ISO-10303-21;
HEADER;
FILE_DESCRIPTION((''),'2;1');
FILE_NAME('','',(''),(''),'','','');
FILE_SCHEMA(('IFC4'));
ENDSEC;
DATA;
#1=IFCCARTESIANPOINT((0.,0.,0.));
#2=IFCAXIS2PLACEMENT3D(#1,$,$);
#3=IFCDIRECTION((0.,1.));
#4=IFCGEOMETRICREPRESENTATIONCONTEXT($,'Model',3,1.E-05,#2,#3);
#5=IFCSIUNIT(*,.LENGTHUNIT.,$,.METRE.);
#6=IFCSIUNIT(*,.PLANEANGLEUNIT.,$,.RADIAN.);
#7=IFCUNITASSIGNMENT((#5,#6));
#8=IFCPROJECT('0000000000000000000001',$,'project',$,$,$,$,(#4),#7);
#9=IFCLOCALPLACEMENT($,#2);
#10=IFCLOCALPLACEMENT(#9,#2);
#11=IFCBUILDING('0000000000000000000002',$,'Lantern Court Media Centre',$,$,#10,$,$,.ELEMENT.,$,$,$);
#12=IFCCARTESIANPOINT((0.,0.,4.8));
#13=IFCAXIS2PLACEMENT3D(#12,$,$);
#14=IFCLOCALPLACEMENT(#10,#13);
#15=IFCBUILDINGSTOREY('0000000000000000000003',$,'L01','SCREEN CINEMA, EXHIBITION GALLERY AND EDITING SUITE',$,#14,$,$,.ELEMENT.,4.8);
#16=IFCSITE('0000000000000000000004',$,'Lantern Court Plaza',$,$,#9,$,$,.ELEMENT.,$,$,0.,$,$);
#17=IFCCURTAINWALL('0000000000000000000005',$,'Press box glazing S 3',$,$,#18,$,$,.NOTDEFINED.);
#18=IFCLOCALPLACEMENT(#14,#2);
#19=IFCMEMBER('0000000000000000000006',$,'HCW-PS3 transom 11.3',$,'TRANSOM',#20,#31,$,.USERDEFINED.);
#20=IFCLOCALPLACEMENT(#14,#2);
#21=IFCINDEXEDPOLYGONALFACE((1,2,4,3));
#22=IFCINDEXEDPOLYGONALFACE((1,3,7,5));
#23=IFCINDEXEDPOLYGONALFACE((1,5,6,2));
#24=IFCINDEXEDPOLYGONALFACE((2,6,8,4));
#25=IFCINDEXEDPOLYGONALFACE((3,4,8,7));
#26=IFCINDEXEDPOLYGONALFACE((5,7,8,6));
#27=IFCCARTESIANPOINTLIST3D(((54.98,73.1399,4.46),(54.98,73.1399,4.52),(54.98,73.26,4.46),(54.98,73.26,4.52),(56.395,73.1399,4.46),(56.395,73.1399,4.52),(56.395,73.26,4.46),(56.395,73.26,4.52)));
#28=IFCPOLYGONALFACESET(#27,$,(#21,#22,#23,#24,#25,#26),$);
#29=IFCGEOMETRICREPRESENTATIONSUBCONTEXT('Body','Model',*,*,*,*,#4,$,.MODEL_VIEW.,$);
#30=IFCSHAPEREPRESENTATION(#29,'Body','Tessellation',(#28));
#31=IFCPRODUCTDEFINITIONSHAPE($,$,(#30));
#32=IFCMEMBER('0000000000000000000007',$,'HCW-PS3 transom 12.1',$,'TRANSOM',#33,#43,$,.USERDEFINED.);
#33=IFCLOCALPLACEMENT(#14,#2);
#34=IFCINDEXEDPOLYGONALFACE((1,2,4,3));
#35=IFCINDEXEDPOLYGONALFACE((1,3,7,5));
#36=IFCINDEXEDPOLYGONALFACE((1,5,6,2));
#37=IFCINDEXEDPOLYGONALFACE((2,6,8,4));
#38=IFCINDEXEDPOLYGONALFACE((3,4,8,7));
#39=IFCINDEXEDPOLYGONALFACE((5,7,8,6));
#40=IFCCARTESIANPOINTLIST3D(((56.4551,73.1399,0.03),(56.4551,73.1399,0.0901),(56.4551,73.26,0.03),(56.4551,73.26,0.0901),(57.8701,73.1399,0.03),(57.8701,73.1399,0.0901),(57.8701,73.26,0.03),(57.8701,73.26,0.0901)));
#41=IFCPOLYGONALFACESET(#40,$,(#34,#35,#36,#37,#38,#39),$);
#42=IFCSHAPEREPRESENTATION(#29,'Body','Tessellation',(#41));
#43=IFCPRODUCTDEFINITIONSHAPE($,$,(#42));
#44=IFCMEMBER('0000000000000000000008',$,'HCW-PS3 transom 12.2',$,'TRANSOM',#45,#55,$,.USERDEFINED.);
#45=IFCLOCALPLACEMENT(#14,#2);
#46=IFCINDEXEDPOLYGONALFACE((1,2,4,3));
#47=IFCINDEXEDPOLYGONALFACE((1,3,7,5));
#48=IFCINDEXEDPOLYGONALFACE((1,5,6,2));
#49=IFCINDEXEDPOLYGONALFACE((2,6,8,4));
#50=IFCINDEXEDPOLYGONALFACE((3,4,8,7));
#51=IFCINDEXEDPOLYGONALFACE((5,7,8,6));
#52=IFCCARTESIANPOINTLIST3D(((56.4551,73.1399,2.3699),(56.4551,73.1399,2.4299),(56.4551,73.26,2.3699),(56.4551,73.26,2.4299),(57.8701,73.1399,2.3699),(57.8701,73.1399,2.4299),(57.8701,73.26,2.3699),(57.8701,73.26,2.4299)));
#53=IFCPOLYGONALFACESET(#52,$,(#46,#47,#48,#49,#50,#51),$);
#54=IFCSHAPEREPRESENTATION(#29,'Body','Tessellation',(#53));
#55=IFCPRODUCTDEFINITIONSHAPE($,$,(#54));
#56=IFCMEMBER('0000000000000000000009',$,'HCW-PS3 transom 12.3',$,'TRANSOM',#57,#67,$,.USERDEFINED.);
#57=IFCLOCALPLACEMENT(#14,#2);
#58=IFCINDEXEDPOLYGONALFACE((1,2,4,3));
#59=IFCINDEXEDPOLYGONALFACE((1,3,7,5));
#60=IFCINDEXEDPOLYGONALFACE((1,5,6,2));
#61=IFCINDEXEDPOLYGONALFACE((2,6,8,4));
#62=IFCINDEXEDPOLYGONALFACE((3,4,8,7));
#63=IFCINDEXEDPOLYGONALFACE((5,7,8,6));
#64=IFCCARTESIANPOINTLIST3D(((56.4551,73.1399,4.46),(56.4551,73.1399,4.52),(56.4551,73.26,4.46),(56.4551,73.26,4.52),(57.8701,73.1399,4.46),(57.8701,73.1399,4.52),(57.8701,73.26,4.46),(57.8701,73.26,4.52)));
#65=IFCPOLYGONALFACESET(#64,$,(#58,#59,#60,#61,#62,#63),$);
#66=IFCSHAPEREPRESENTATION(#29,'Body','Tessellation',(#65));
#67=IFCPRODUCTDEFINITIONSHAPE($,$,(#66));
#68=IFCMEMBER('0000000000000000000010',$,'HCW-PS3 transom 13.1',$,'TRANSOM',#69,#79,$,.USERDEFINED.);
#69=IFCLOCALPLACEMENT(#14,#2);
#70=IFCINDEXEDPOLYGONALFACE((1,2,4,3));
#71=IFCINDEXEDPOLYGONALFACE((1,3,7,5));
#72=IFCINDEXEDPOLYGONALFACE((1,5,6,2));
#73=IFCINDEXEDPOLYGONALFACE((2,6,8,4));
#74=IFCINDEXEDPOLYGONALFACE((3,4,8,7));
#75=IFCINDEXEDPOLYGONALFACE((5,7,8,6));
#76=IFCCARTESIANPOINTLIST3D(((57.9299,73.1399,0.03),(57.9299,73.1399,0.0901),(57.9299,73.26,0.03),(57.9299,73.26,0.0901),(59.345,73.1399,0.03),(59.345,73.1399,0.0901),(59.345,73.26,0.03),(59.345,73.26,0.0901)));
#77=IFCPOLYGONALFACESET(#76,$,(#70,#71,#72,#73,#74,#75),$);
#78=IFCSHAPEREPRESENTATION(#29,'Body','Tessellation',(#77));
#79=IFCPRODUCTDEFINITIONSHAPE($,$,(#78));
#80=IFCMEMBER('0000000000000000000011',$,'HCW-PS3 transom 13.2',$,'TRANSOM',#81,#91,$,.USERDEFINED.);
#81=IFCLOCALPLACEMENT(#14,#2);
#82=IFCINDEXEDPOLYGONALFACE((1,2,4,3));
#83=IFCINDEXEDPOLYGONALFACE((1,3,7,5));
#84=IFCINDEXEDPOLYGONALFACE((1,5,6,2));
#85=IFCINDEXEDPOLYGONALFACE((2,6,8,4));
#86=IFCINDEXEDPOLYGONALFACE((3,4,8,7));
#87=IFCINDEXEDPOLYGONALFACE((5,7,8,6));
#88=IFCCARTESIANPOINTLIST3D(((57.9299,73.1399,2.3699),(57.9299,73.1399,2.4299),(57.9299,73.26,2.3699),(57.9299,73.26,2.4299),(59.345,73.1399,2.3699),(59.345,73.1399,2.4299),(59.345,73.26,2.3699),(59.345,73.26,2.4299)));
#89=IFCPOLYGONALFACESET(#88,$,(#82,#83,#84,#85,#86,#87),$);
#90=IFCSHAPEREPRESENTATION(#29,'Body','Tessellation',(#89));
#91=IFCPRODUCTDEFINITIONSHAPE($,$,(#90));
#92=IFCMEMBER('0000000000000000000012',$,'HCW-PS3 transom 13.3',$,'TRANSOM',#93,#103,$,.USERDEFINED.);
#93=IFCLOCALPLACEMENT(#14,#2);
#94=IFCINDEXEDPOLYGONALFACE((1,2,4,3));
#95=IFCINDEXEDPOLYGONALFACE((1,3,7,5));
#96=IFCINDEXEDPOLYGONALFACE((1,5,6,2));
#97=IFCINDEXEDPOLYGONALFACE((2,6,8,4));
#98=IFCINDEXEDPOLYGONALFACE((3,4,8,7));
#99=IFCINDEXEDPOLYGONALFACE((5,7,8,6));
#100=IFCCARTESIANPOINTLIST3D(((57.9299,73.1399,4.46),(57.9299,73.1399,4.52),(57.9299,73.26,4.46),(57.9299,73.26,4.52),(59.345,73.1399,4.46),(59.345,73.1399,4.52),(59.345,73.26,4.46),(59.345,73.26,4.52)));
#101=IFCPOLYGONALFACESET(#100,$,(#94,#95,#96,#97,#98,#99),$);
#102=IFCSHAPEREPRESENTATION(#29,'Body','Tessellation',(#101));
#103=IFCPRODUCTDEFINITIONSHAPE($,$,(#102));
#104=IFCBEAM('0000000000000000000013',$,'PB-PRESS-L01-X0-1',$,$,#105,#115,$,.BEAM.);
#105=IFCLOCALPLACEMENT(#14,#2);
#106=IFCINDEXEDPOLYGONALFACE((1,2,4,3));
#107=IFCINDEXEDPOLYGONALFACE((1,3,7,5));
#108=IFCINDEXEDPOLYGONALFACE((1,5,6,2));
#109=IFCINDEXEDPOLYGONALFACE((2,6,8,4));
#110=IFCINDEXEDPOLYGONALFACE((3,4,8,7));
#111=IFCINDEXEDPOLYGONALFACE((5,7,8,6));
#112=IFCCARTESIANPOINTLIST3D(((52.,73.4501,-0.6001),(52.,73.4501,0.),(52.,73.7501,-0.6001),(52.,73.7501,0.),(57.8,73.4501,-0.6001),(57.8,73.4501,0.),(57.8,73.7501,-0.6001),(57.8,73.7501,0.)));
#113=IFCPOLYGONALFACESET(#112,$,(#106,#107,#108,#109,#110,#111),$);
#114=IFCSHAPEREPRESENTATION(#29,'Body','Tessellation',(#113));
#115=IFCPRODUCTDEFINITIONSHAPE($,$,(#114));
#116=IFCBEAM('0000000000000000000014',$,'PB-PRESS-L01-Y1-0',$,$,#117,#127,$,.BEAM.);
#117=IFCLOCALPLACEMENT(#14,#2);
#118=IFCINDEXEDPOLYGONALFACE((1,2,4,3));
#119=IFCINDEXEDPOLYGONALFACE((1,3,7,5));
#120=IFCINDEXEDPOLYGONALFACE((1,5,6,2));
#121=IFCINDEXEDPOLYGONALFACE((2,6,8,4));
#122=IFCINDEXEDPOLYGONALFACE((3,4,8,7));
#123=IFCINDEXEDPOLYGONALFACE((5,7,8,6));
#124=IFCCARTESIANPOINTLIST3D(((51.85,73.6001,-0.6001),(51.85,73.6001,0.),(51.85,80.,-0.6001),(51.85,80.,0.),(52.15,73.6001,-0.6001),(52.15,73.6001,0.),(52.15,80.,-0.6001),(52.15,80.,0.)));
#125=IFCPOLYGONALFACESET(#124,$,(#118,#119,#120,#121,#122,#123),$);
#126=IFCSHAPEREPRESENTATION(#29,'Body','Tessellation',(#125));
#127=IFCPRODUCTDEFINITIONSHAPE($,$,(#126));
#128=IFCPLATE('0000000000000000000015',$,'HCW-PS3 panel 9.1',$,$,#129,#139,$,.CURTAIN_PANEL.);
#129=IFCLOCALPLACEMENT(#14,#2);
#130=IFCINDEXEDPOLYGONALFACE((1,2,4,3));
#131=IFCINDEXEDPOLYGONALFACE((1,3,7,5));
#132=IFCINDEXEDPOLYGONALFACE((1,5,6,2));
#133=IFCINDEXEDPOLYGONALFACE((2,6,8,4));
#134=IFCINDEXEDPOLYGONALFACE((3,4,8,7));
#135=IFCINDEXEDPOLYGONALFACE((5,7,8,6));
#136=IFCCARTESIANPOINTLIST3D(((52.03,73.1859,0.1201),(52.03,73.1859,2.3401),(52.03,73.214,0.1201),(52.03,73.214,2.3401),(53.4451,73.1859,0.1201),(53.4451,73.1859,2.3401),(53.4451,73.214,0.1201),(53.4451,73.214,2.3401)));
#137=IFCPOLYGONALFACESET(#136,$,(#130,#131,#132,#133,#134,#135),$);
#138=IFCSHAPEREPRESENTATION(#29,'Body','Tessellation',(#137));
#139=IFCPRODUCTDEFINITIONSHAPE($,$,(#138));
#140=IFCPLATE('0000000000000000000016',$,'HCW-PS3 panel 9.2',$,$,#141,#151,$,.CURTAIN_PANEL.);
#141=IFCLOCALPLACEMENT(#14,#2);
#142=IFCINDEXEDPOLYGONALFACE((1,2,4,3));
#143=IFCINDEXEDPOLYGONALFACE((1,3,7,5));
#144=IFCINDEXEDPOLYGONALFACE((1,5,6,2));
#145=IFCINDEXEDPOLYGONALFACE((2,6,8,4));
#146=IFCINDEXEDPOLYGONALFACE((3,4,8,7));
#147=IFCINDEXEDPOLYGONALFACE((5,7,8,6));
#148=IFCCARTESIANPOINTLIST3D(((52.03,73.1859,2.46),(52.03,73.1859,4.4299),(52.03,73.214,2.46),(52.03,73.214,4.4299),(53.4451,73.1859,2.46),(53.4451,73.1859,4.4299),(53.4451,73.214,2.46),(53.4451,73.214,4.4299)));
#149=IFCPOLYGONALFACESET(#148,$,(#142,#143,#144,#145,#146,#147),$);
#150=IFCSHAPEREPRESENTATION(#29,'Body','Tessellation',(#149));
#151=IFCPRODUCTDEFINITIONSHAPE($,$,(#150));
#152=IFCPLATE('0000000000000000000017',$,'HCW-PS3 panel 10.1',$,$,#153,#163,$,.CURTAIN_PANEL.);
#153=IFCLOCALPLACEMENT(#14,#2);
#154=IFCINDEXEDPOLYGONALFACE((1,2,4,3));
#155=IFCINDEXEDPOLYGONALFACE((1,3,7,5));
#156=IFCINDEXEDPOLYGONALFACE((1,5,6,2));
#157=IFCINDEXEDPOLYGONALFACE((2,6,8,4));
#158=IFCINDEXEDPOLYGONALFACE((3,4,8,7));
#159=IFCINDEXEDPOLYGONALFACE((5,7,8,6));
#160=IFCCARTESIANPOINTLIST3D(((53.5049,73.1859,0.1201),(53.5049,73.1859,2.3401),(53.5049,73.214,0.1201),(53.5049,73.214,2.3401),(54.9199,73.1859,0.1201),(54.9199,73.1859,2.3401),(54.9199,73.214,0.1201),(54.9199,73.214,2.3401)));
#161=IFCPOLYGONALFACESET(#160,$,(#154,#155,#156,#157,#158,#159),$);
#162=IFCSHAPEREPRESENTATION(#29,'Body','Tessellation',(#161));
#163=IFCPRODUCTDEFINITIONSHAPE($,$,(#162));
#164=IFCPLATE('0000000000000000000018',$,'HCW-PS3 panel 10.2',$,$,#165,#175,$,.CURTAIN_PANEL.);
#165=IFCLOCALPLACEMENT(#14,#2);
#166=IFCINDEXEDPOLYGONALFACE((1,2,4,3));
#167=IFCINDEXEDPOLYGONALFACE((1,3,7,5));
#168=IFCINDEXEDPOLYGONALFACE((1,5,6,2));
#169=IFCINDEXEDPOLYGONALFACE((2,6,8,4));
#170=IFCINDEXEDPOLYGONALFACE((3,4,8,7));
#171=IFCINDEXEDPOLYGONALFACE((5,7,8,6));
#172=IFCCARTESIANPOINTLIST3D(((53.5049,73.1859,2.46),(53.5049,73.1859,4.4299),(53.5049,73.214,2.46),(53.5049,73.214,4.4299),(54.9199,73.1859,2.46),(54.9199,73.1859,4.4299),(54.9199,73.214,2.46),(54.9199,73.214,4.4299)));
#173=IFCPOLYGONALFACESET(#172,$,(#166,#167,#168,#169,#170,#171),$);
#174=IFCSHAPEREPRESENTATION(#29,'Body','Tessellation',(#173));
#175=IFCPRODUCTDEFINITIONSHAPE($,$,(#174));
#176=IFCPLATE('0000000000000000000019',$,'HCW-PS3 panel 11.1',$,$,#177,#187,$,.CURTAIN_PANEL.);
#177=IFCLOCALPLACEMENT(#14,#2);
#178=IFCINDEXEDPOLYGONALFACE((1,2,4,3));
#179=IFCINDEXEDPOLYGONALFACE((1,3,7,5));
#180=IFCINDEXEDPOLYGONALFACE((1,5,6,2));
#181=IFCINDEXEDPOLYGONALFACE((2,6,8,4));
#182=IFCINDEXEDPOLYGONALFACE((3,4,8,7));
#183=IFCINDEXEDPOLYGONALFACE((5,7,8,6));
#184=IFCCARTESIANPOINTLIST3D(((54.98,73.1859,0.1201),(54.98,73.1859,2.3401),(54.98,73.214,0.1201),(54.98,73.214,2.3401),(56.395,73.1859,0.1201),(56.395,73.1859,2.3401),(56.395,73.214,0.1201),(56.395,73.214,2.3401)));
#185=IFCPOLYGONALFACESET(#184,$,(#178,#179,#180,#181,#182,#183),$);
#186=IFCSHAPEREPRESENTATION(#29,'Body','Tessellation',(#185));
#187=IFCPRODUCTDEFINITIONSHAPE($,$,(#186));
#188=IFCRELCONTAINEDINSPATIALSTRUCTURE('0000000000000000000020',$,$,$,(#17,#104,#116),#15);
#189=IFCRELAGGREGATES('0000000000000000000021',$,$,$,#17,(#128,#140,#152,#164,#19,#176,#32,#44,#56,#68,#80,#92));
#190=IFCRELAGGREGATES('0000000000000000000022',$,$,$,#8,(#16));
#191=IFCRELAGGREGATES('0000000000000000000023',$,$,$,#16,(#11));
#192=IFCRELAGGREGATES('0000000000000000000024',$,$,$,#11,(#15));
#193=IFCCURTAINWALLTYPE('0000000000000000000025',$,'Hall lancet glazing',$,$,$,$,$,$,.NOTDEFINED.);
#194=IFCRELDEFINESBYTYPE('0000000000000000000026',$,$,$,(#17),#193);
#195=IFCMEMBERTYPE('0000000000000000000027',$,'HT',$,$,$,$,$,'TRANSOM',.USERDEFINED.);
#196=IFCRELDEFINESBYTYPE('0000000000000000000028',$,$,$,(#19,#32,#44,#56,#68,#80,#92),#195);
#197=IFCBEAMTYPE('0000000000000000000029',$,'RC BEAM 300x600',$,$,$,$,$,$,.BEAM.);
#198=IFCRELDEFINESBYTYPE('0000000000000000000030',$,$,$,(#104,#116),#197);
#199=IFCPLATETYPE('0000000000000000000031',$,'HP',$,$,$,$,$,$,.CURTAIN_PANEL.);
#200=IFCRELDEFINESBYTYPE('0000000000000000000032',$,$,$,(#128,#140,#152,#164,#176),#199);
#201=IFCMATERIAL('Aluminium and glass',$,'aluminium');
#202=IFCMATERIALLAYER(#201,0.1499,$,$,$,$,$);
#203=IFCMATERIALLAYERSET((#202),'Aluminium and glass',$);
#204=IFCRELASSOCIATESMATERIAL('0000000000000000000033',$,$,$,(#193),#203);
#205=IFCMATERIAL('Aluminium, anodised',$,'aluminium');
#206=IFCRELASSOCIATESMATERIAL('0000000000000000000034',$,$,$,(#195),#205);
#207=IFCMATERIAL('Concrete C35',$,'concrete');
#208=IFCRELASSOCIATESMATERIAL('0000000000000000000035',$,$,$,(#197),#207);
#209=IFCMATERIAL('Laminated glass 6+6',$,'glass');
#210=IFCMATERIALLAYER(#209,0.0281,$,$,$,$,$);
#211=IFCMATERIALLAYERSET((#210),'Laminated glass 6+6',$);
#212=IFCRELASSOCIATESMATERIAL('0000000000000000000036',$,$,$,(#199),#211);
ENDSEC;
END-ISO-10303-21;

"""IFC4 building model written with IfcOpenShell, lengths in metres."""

from ifc_helpers import new_model, si_unit, direction, frame, origin, origin_2d, place, context, subcontext, project, spatial, rectangle, extrude, material, layer, layer_set, material_profile, profile_set, type_object, element, aggregate, save


model = new_model("IFC4")

# Units and contexts
model_context = context("Model", 3, precision=1e-05, world=origin(), true_north=direction((0.0, 1.0)))
body_context = subcontext(model_context, "Body", "Model", "MODEL_VIEW")
ifc_project = project(units=[si_unit("LENGTHUNIT", "METRE"), si_unit("PLANEANGLEUNIT", "RADIAN")], contexts=[model_context])

# Site, building, storey
site_placement = place(None, origin())
site = spatial("IfcSite", under=ifc_project, at=site_placement, Name="Lantern Court Plaza", CompositionType="ELEMENT", RefElevation=0.0)
building_placement = place(site_placement, origin())
building = spatial("IfcBuilding", under=site, at=building_placement, Name="Lantern Court Media Centre", CompositionType="ELEMENT")
storey_placement = place(building_placement, frame((0.0, 0.0, 4.8)))
storey = spatial("IfcBuildingStorey", under=building, at=storey_placement, Name="L01", Description="SCREEN CINEMA, EXHIBITION GALLERY AND EDITING SUITE", CompositionType="ELEMENT", Elevation=4.8)

# Shared definitions
ifc_material_1 = material(Name="Concrete C35", Category="concrete")

# Curtain wall, members
ifc_material_2 = material(Name="Aluminium and glass", Category="aluminium")
ifc_layer_1 = layer(ifc_material_2, 0.1499)
ifc_layer_set_1 = layer_set([ifc_layer_1], Name="Aluminium and glass")
curtain_wall_type = type_object("IfcCurtainWallType", Name="Hall lancet glazing", PredefinedType="NOTDEFINED", material=ifc_layer_set_1)
curtain_wall_placement = place(storey_placement, origin())
curtain_wall = element("IfcCurtainWall", 1, at=curtain_wall_placement, inside=storey, type_object=curtain_wall_type, Name="Press box glazing S 3", PredefinedType="NOTDEFINED")
ifc_material_3 = material(Name="Aluminium, anodised", Category="aluminium")
ifc_material_profile_1 = material_profile(ifc_material_3, rectangle(XDim=0.1201, YDim=0.0601, at=origin_2d()), Name="HT")
ifc_profile_set_1 = profile_set([ifc_material_profile_1], Name="Aluminium, anodised")
member_type_1 = type_object("IfcMemberType", Name="HT", ElementType="TRANSOM", PredefinedType="USERDEFINED", material=ifc_profile_set_1)
member_1_placement = place(storey_placement, frame((54.98, 73.2, 4.49), z_axis=(1.0, 0.0, 0.0), x_axis=(0.0, 1.0, 0.0)))
member_1 = element("IfcMember", 2, at=member_1_placement, type_object=member_type_1, Name="HCW-PS3 transom 11.3", ObjectType="TRANSOM", PredefinedType="USERDEFINED", context=body_context, shape_type="SweptSolid", body=[
    extrude(rectangle(XDim=0.1201, YDim=0.0601, at=origin_2d()), origin(), (0.0, 0.0, 1.0), 1.415),
])
member_2_placement = place(storey_placement, frame((56.4551, 73.2, 0.0601), z_axis=(1.0, 0.0, 0.0), x_axis=(0.0, 1.0, 0.0)))
member_2 = element("IfcMember", 3, at=member_2_placement, type_object=member_type_1, Name="HCW-PS3 transom 12.1", ObjectType="TRANSOM", PredefinedType="USERDEFINED", context=body_context, shape_type="SweptSolid", body=[
    extrude(rectangle(XDim=0.1201, YDim=0.0601, at=origin_2d()), origin(), (0.0, 0.0, 1.0), 1.415),
])
member_3_placement = place(storey_placement, frame((56.4551, 73.2, 2.3999), z_axis=(1.0, 0.0, 0.0), x_axis=(0.0, 1.0, 0.0)))
member_3 = element("IfcMember", 4, at=member_3_placement, type_object=member_type_1, Name="HCW-PS3 transom 12.2", ObjectType="TRANSOM", PredefinedType="USERDEFINED", context=body_context, shape_type="SweptSolid", body=[
    extrude(rectangle(XDim=0.1201, YDim=0.0601, at=origin_2d()), origin(), (0.0, 0.0, 1.0), 1.415),
])
member_4_placement = place(storey_placement, frame((56.4551, 73.2, 4.49), z_axis=(1.0, 0.0, 0.0), x_axis=(0.0, 1.0, 0.0)))
member_4 = element("IfcMember", 5, at=member_4_placement, type_object=member_type_1, Name="HCW-PS3 transom 12.3", ObjectType="TRANSOM", PredefinedType="USERDEFINED", context=body_context, shape_type="SweptSolid", body=[
    extrude(rectangle(XDim=0.1201, YDim=0.0601, at=origin_2d()), origin(), (0.0, 0.0, 1.0), 1.415),
])
member_5_placement = place(storey_placement, frame((57.9299, 73.2, 0.0601), z_axis=(1.0, 0.0, 0.0), x_axis=(0.0, 1.0, 0.0)))
member_5 = element("IfcMember", 6, at=member_5_placement, type_object=member_type_1, Name="HCW-PS3 transom 13.1", ObjectType="TRANSOM", PredefinedType="USERDEFINED", context=body_context, shape_type="SweptSolid", body=[
    extrude(rectangle(XDim=0.1201, YDim=0.0601, at=origin_2d()), origin(), (0.0, 0.0, 1.0), 1.415),
])
member_6_placement = place(storey_placement, frame((57.9299, 73.2, 2.3999), z_axis=(1.0, 0.0, 0.0), x_axis=(0.0, 1.0, 0.0)))
member_6 = element("IfcMember", 7, at=member_6_placement, type_object=member_type_1, Name="HCW-PS3 transom 13.2", ObjectType="TRANSOM", PredefinedType="USERDEFINED", context=body_context, shape_type="SweptSolid", body=[
    extrude(rectangle(XDim=0.1201, YDim=0.0601, at=origin_2d()), origin(), (0.0, 0.0, 1.0), 1.415),
])
member_7_placement = place(storey_placement, frame((57.9299, 73.2, 4.49), z_axis=(1.0, 0.0, 0.0), x_axis=(0.0, 1.0, 0.0)))
member_7 = element("IfcMember", 8, at=member_7_placement, type_object=member_type_1, Name="HCW-PS3 transom 13.3", ObjectType="TRANSOM", PredefinedType="USERDEFINED", context=body_context, shape_type="SweptSolid", body=[
    extrude(rectangle(XDim=0.1201, YDim=0.0601, at=origin_2d()), origin(), (0.0, 0.0, 1.0), 1.415),
])

# Beams
ifc_material_profile_2 = material_profile(ifc_material_1, rectangle(XDim=0.3, YDim=0.6001, at=origin_2d()), Name="RC 300x600")
ifc_profile_set_2 = profile_set([ifc_material_profile_2], Name="Concrete C35")
beam_type = type_object("IfcBeamType", Name="RC BEAM 300x600", PredefinedType="BEAM", material=ifc_profile_set_2)
beam_1_placement = place(storey_placement, frame((52.0, 73.6001, -0.3), z_axis=(1.0, 0.0, 0.0), x_axis=(0.0, 1.0, 0.0)))
element("IfcBeam", 9, at=beam_1_placement, inside=storey, type_object=beam_type, Name="PB-PRESS-L01-X0-1", PredefinedType="BEAM", context=body_context, shape_type="SweptSolid", body=[
    extrude(rectangle(XDim=0.3, YDim=0.6001, at=origin_2d()), origin(), (0.0, 0.0, 1.0), 5.8),
])
beam_2_placement = place(storey_placement, frame((52.0, 73.6001, -0.3), z_axis=(0.0, 1.0, 0.0), x_axis=(-1.0, 0.0, 0.0)))
element("IfcBeam", 10, at=beam_2_placement, inside=storey, type_object=beam_type, Name="PB-PRESS-L01-Y1-0", PredefinedType="BEAM", context=body_context, shape_type="SweptSolid", body=[
    extrude(rectangle(XDim=0.3, YDim=0.6001, at=origin_2d()), origin(), (0.0, 0.0, 1.0), 6.3999),
])

# Plates
ifc_material_4 = material(Name="Laminated glass 6+6", Category="glass")
ifc_layer_2 = layer(ifc_material_4, 0.0281)
ifc_layer_set_2 = layer_set([ifc_layer_2], Name="Laminated glass 6+6")
plate_type = type_object("IfcPlateType", Name="HP", PredefinedType="CURTAIN_PANEL", material=ifc_layer_set_2)
plate_1_placement = place(storey_placement, frame((52.7375, 73.2, 0.1201), z_axis=(0.0, 0.0, 1.0), x_axis=(1.0, 0.0, 0.0)))
plate_1 = element("IfcPlate", 11, at=plate_1_placement, type_object=plate_type, Name="HCW-PS3 panel 9.1", PredefinedType="CURTAIN_PANEL", context=body_context, shape_type="SweptSolid", body=[
    extrude(rectangle(XDim=1.415, YDim=0.0281, at=origin_2d()), origin(), (0.0, 0.0, 1.0), 2.22),
])
plate_2_placement = place(storey_placement, frame((52.7375, 73.2, 2.46), z_axis=(0.0, 0.0, 1.0), x_axis=(1.0, 0.0, 0.0)))
plate_2 = element("IfcPlate", 12, at=plate_2_placement, type_object=plate_type, Name="HCW-PS3 panel 9.2", PredefinedType="CURTAIN_PANEL", context=body_context, shape_type="SweptSolid", body=[
    extrude(rectangle(XDim=1.415, YDim=0.0281, at=origin_2d()), origin(), (0.0, 0.0, 1.0), 1.97),
])
plate_3_placement = place(storey_placement, frame((54.2124, 73.2, 0.1201), z_axis=(0.0, 0.0, 1.0), x_axis=(1.0, 0.0, 0.0)))
plate_3 = element("IfcPlate", 13, at=plate_3_placement, type_object=plate_type, Name="HCW-PS3 panel 10.1", PredefinedType="CURTAIN_PANEL", context=body_context, shape_type="SweptSolid", body=[
    extrude(rectangle(XDim=1.415, YDim=0.0281, at=origin_2d()), origin(), (0.0, 0.0, 1.0), 2.22),
])
plate_4_placement = place(storey_placement, frame((54.2124, 73.2, 2.46), z_axis=(0.0, 0.0, 1.0), x_axis=(1.0, 0.0, 0.0)))
plate_4 = element("IfcPlate", 14, at=plate_4_placement, type_object=plate_type, Name="HCW-PS3 panel 10.2", PredefinedType="CURTAIN_PANEL", context=body_context, shape_type="SweptSolid", body=[
    extrude(rectangle(XDim=1.415, YDim=0.0281, at=origin_2d()), origin(), (0.0, 0.0, 1.0), 1.97),
])
plate_5_placement = place(storey_placement, frame((55.6875, 73.2, 0.1201), z_axis=(0.0, 0.0, 1.0), x_axis=(1.0, 0.0, 0.0)))
plate_5 = element("IfcPlate", 15, at=plate_5_placement, type_object=plate_type, Name="HCW-PS3 panel 11.1", PredefinedType="CURTAIN_PANEL", context=body_context, shape_type="SweptSolid", body=[
    extrude(rectangle(XDim=1.415, YDim=0.0281, at=origin_2d()), origin(), (0.0, 0.0, 1.0), 2.22),
])
aggregate(curtain_wall, [plate_1, plate_2, plate_3, plate_4, member_1, plate_5, member_2, member_3, member_4, member_5, member_6, member_7])

save(model, "model.ifc")
